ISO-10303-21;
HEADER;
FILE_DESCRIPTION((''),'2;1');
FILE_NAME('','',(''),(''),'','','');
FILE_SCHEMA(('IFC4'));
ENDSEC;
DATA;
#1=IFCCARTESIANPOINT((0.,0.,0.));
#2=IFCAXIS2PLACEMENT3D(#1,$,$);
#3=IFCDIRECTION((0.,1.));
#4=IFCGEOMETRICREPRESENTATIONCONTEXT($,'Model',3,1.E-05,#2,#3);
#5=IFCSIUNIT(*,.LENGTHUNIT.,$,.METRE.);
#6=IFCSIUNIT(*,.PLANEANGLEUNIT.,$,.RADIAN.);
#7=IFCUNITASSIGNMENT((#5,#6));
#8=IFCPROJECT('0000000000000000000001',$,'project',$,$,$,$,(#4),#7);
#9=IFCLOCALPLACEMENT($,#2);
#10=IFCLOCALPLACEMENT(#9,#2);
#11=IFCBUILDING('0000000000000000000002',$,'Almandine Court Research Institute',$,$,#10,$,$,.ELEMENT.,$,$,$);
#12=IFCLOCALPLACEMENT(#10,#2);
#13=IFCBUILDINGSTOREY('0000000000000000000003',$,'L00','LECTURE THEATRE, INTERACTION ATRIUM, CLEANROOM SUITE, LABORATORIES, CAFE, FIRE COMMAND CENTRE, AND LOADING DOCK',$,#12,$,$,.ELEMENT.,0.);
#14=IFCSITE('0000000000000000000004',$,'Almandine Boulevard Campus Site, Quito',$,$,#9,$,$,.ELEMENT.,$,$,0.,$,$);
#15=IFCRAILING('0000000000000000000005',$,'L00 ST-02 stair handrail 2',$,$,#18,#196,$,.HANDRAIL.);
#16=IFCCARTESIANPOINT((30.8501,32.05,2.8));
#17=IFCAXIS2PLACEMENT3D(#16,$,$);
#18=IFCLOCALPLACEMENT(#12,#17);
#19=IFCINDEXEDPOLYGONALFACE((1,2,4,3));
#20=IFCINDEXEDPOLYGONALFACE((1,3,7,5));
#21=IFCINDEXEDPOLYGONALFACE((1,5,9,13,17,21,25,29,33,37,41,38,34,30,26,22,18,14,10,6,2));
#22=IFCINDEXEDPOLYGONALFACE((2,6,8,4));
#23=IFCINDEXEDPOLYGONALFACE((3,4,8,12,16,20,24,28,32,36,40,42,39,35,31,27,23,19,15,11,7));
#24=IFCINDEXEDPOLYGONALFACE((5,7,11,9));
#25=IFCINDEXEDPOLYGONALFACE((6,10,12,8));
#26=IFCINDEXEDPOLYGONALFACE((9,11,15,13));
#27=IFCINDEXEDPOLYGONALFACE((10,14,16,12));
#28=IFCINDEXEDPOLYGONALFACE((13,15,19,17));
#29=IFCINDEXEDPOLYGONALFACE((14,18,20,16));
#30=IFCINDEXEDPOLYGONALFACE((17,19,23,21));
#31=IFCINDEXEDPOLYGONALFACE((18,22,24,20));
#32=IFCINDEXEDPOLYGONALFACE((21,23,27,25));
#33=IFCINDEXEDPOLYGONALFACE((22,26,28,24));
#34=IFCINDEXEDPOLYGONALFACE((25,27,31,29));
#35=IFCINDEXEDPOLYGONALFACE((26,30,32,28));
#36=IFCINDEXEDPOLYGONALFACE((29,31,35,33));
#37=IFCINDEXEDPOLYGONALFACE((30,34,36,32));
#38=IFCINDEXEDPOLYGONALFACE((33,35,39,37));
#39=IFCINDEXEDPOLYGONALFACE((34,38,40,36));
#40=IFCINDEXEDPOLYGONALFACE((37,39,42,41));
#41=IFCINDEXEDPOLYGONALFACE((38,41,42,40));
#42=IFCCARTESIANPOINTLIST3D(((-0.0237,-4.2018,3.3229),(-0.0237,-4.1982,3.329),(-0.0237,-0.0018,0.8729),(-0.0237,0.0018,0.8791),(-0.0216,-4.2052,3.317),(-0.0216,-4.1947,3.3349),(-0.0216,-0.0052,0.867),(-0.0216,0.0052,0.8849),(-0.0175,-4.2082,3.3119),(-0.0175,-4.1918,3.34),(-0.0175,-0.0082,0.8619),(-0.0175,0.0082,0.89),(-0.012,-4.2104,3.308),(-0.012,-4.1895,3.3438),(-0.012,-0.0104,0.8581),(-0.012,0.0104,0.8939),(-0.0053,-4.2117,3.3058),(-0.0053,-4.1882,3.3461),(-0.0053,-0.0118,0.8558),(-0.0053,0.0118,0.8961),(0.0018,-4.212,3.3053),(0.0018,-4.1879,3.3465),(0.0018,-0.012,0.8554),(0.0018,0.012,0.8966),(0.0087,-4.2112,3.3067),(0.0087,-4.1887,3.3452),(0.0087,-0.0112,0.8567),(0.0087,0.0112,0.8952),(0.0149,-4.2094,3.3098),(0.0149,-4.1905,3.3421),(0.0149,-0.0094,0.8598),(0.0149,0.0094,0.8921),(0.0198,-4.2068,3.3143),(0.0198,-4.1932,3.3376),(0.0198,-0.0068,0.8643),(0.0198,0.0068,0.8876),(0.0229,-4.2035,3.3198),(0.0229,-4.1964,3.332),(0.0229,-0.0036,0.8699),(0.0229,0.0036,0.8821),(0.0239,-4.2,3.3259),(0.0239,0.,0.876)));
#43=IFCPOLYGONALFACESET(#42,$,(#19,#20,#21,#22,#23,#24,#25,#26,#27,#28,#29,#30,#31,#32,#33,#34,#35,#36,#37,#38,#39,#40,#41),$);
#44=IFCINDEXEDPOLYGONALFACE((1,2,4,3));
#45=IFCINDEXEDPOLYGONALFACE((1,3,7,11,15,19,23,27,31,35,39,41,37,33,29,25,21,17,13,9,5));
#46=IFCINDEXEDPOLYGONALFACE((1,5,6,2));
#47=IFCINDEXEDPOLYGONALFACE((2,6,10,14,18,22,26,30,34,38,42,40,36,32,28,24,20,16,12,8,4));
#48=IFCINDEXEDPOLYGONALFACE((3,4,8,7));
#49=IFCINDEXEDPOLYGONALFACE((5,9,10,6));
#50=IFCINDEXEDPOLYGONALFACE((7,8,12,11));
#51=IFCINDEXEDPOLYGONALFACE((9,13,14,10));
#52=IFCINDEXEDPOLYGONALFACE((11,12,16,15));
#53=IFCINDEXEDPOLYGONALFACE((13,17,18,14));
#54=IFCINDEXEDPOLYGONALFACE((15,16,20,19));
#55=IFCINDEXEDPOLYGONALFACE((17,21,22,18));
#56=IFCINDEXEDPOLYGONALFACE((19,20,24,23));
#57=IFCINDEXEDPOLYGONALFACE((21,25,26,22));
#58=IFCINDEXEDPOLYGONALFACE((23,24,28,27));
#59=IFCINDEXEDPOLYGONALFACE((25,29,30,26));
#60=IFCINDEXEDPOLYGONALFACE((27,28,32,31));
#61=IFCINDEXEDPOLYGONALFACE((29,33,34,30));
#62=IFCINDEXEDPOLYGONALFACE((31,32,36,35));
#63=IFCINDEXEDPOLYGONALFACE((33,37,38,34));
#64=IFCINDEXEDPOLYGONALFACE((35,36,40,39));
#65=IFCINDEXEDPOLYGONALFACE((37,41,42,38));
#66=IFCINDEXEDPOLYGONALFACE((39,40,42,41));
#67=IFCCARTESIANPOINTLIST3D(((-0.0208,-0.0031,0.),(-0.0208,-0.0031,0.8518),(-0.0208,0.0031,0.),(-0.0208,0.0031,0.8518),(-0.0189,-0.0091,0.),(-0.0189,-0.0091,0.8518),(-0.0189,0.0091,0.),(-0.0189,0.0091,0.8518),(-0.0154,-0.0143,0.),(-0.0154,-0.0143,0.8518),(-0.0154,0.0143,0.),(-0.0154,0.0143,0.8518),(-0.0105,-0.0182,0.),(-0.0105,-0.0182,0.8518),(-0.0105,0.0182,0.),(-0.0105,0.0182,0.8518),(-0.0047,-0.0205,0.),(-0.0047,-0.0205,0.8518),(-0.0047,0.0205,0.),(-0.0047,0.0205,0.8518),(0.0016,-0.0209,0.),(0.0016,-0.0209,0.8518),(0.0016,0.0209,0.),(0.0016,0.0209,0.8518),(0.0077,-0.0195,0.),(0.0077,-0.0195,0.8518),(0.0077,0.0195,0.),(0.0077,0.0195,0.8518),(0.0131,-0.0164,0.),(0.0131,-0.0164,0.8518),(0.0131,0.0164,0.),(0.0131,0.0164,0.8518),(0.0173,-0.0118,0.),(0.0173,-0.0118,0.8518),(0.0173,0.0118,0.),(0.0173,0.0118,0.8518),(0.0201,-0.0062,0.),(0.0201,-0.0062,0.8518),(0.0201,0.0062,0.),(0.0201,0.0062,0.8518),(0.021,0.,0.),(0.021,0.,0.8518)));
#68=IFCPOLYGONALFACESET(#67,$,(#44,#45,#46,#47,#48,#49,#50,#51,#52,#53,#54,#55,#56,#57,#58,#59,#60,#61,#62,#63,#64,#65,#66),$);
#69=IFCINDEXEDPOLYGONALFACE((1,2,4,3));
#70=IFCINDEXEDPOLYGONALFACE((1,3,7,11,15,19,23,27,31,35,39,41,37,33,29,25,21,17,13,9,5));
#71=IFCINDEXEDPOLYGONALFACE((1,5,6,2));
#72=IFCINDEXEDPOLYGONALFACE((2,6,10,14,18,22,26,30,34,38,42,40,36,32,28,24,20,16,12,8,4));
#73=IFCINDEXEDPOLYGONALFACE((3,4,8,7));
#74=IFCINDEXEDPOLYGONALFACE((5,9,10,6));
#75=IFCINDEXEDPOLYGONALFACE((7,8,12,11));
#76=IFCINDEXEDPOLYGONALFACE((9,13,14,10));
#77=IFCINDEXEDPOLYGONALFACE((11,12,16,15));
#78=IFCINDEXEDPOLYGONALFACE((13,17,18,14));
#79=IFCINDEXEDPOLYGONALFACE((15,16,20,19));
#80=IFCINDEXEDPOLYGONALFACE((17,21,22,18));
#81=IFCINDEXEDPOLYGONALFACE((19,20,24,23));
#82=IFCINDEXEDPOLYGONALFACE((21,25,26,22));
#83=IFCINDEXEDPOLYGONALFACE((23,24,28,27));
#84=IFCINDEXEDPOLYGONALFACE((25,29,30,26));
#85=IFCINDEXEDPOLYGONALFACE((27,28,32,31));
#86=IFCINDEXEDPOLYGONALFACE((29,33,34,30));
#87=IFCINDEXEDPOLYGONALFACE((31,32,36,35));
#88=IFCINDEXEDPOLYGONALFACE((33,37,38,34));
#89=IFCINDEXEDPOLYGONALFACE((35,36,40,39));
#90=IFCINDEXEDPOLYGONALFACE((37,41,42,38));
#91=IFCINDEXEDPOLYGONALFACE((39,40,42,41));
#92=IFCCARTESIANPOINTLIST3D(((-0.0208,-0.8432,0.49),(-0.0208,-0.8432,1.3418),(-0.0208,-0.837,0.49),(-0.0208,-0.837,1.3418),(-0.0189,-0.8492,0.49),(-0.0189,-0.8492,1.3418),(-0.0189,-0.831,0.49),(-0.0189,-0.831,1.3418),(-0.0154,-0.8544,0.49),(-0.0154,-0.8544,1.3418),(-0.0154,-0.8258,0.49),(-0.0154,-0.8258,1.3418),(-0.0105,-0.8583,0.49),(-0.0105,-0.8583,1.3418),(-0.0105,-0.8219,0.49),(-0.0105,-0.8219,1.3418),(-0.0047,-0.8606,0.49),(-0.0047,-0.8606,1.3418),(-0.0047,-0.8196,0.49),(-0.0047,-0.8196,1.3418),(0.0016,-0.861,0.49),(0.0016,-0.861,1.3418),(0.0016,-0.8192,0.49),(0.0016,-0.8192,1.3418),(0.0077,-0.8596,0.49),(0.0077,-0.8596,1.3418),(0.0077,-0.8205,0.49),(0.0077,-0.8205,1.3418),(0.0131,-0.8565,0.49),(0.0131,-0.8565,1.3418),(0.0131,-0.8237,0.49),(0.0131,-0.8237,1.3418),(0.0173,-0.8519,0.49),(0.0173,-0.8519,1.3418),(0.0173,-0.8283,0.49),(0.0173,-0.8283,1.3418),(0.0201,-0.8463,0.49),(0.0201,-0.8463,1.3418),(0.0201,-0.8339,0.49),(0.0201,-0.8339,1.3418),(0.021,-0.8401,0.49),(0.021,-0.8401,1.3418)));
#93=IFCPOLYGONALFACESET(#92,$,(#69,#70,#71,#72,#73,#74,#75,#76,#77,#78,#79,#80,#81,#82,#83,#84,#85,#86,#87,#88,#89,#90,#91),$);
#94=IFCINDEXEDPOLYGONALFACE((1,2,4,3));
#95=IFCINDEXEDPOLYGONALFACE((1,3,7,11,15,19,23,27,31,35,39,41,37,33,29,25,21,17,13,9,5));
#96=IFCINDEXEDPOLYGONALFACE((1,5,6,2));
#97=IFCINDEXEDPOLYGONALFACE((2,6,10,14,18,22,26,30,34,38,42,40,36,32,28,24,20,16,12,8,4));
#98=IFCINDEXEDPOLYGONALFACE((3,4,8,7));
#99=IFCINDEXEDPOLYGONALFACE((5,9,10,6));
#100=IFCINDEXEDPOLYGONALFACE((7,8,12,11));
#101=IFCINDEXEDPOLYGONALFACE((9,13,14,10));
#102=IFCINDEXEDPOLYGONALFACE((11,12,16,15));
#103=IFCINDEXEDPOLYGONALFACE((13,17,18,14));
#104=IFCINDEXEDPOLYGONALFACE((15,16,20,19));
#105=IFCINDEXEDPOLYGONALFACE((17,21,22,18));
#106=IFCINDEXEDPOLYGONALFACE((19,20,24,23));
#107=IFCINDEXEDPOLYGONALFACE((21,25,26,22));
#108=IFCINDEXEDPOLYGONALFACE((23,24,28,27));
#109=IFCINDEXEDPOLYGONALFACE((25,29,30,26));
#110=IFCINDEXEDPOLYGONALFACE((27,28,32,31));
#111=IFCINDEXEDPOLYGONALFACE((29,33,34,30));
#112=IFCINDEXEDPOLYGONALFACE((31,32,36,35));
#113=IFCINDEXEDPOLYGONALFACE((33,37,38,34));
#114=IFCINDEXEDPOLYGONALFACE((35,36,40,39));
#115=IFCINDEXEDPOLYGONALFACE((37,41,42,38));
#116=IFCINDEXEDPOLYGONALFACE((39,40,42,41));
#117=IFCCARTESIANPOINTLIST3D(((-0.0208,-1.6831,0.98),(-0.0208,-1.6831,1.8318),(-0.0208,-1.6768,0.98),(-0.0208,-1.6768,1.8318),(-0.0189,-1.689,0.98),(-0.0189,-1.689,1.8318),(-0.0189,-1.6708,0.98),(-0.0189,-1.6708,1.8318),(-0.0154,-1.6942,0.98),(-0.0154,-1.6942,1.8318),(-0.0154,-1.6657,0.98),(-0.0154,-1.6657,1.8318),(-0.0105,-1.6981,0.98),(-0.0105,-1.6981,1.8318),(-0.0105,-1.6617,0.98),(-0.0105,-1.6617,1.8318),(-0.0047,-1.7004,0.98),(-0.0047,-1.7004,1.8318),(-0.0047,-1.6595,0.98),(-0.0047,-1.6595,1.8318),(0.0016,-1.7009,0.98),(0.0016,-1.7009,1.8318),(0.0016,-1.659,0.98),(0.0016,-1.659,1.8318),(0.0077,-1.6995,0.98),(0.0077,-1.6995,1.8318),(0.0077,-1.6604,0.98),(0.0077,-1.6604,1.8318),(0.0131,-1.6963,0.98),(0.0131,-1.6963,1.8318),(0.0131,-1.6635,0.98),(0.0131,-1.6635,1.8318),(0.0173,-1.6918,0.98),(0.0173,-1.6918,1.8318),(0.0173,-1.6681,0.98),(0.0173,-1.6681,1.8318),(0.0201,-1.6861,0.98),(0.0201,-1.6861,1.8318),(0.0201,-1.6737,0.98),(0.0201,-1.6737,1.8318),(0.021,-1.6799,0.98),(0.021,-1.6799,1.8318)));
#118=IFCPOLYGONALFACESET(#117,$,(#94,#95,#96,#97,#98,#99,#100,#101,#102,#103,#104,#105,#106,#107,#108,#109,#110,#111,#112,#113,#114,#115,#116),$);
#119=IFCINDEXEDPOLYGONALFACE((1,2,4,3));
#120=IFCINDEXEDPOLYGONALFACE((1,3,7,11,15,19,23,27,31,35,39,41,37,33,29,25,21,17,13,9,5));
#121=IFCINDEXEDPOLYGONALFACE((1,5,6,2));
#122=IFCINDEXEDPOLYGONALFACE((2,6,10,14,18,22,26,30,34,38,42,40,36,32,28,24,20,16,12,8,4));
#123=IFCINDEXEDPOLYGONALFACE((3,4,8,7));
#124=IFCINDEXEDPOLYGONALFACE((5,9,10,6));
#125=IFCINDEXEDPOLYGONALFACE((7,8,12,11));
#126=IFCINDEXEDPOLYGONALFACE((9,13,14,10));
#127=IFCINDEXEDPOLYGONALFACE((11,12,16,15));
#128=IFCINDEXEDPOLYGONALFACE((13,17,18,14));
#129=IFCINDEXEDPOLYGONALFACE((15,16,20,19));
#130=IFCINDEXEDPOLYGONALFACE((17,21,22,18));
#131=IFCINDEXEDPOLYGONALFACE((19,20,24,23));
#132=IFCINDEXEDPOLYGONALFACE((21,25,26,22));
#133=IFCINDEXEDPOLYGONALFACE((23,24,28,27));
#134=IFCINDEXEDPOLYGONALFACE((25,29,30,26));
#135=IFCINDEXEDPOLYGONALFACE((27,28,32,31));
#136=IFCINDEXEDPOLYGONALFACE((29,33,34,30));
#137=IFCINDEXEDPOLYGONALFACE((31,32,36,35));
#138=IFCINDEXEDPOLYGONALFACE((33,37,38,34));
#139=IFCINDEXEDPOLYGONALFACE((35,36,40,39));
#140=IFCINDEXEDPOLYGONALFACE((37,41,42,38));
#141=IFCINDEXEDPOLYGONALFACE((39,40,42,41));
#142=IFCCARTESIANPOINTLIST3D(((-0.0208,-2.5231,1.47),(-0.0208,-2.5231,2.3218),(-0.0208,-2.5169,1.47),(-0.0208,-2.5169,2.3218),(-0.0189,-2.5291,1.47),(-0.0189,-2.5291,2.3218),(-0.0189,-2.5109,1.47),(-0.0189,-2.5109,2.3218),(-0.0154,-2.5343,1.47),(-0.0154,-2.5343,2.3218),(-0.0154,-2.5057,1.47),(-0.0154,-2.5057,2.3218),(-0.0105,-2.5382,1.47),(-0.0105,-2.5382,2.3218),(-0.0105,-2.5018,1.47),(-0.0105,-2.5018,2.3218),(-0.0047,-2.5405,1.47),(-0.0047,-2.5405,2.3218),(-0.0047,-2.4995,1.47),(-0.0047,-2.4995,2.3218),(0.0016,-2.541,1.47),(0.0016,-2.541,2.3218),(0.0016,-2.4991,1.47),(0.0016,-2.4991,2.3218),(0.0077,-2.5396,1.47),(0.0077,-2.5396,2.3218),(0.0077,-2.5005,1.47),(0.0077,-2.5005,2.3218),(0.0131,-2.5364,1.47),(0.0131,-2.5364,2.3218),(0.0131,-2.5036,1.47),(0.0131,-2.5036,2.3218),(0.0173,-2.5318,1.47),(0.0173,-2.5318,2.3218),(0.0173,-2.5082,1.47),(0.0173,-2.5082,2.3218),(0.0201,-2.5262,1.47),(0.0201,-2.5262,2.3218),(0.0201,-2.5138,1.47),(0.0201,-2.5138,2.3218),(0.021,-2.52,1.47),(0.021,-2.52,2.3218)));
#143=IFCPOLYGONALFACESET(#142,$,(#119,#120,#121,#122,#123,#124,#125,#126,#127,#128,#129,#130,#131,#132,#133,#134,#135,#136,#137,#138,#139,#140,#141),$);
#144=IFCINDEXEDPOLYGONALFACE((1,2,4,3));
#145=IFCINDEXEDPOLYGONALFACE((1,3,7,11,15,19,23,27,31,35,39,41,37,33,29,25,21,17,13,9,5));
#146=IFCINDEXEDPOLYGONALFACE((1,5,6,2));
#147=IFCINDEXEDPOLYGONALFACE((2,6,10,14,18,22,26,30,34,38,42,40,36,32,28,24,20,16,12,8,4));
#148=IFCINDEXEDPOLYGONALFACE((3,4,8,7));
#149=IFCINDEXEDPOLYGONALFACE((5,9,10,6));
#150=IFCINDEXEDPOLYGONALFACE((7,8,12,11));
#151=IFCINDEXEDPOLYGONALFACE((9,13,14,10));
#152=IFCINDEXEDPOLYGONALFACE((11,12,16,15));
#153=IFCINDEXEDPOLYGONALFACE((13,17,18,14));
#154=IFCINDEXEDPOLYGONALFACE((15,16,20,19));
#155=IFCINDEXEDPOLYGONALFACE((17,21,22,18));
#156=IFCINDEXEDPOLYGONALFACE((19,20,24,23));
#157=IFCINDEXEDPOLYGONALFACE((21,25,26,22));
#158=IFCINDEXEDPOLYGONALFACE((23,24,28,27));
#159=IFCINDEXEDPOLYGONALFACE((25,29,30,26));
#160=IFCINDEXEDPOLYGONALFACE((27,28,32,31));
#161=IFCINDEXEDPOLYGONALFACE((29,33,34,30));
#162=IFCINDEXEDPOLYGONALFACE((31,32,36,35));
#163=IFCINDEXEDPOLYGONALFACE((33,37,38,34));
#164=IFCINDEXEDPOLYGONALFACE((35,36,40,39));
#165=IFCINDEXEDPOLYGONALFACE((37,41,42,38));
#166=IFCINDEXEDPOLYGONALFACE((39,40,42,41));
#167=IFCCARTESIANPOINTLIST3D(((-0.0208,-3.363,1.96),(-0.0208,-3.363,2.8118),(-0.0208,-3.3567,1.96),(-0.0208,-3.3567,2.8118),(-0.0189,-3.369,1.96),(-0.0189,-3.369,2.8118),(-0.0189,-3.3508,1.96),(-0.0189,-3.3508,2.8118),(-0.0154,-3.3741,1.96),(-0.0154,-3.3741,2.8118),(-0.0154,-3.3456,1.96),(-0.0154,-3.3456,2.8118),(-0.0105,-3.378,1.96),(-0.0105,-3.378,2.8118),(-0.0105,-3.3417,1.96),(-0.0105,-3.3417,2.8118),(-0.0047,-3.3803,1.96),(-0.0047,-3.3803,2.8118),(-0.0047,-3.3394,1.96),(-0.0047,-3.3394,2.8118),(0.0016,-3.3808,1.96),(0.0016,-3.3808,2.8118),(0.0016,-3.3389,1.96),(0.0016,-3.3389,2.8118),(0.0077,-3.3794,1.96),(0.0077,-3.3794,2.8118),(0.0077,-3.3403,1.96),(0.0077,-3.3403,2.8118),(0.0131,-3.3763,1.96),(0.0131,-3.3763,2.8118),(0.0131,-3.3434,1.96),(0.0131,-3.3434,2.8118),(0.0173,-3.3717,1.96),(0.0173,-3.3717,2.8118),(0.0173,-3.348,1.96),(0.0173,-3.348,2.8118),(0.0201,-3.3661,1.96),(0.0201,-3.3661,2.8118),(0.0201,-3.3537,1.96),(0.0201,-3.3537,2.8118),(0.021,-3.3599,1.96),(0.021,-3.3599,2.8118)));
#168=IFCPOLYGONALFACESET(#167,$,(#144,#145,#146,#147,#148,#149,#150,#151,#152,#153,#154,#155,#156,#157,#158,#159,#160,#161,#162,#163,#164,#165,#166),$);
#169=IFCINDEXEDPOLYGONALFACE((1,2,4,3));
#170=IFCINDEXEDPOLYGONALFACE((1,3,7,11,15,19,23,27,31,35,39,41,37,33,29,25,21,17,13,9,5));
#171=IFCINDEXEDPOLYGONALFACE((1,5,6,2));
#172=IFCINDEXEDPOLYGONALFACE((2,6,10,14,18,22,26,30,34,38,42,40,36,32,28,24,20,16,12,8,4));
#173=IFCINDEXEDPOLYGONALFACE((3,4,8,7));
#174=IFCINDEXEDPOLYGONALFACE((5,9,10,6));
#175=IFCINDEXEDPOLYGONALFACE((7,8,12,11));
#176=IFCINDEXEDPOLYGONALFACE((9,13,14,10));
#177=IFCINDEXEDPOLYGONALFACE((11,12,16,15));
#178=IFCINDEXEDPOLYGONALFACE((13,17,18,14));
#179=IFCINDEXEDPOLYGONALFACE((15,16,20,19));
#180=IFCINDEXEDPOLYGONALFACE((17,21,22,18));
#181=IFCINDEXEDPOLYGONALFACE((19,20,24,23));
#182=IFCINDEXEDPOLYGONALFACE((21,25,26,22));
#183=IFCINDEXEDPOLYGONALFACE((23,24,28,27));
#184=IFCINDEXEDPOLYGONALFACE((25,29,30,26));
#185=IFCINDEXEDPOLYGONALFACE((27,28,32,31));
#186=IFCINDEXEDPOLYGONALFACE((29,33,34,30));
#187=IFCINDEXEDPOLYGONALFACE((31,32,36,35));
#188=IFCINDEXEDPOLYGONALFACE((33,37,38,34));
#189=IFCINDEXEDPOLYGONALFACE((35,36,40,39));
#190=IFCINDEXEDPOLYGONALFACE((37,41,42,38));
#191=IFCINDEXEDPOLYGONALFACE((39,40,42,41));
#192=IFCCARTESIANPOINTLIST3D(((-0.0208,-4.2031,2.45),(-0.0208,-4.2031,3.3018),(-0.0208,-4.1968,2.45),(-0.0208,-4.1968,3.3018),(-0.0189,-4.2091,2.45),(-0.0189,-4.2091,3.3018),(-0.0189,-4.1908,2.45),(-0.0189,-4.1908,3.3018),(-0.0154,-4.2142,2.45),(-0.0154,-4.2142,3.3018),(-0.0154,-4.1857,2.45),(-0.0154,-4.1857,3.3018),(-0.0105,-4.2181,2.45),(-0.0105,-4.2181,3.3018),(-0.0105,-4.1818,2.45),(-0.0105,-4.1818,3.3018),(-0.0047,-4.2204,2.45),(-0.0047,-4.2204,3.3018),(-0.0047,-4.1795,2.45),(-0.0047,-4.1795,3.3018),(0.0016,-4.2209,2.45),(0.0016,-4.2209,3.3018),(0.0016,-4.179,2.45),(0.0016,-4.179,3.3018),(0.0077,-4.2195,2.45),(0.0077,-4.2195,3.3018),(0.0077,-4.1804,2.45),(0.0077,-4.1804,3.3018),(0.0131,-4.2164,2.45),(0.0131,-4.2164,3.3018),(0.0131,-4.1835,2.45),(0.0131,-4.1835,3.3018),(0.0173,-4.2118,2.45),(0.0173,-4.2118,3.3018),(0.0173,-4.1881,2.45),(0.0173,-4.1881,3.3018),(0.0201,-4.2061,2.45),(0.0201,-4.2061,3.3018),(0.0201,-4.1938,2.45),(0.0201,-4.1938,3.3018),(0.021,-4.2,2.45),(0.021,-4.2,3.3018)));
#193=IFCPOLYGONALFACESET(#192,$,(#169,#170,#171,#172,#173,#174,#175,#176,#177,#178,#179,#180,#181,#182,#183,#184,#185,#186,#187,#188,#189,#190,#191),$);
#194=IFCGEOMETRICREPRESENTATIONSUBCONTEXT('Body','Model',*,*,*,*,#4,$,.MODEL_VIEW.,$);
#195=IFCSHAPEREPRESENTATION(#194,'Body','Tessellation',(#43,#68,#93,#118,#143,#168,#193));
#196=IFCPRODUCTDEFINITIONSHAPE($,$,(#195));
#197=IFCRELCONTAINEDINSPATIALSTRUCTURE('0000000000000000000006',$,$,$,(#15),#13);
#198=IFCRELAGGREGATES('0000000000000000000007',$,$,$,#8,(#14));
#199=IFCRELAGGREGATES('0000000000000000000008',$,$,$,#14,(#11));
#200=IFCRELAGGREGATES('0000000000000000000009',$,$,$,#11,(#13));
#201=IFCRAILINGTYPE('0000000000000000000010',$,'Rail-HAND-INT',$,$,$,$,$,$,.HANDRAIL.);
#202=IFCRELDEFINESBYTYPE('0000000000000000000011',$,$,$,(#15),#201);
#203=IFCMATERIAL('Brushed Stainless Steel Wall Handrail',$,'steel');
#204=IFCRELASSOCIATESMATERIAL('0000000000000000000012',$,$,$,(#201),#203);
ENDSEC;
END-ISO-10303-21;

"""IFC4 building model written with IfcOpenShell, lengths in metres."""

from ifc_helpers import new_model, si_unit, direction, frame, origin, origin_2d, place, context, subcontext, project, spatial, circle, extrude, material, type_object, element, save


model = new_model("IFC4")

# Units and contexts
model_context = context("Model", 3, precision=1e-05, world=origin(), true_north=direction((0.0, 1.0)))
body_context = subcontext(model_context, "Body", "Model", "MODEL_VIEW")
ifc_project = project(units=[si_unit("LENGTHUNIT", "METRE"), si_unit("PLANEANGLEUNIT", "RADIAN")], contexts=[model_context])

# Site, building, storey
site_placement = place(None, origin())
site = spatial("IfcSite", under=ifc_project, at=site_placement, Name="Almandine Boulevard Campus Site, Quito", CompositionType="ELEMENT", RefElevation=0.0)
building_placement = place(site_placement, origin())
building = spatial("IfcBuilding", under=site, at=building_placement, Name="Almandine Court Research Institute", CompositionType="ELEMENT")
storey_placement = place(building_placement, origin())
storey = spatial("IfcBuildingStorey", under=building, at=storey_placement, Name="L00", Description="LECTURE THEATRE, INTERACTION ATRIUM, CLEANROOM SUITE, LABORATORIES, CAFE, FIRE COMMAND CENTRE, AND LOADING DOCK", CompositionType="ELEMENT", Elevation=0.0)

# Railing
ifc_material_1 = material(Name="Brushed Stainless Steel Wall Handrail", Category="steel")
railing_type_1 = type_object("IfcRailingType", Name="Rail-HAND-INT", PredefinedType="HANDRAIL", material=ifc_material_1)
railing_1_placement = place(storey_placement, frame((30.8501, 32.05, 2.8)))
element("IfcRailing", 1, at=railing_1_placement, inside=storey, type_object=railing_type_1, Name="L00 ST-02 stair handrail 2", PredefinedType="HANDRAIL", context=body_context, shape_type="SweptSolid", body=[
    extrude(circle(Radius=0.0239, at=origin_2d()), frame((0.0, 0.0, 0.876), z_axis=(0.0, -0.863781, 0.503868), x_axis=(1.0, 0.0, 0.0)), (0.0, 0.0, 1.0), 4.8623),
    extrude(circle(Radius=0.021, at=origin_2d()), origin(), (0.0, 0.0, 1.0), 0.8518),
    extrude(circle(Radius=0.021, at=origin_2d()), frame((0.0, -0.8401, 0.49)), (0.0, 0.0, 1.0), 0.8518),
    extrude(circle(Radius=0.021, at=origin_2d()), frame((0.0, -1.6799, 0.98)), (0.0, 0.0, 1.0), 0.8518),
    extrude(circle(Radius=0.021, at=origin_2d()), frame((0.0, -2.52, 1.47)), (0.0, 0.0, 1.0), 0.8518),
    extrude(circle(Radius=0.021, at=origin_2d()), frame((0.0, -3.3599, 1.96)), (0.0, 0.0, 1.0), 0.8518),
    extrude(circle(Radius=0.021, at=origin_2d()), frame((0.0, -4.2, 2.45)), (0.0, 0.0, 1.0), 0.8518),
])

save(model, "model.ifc")
